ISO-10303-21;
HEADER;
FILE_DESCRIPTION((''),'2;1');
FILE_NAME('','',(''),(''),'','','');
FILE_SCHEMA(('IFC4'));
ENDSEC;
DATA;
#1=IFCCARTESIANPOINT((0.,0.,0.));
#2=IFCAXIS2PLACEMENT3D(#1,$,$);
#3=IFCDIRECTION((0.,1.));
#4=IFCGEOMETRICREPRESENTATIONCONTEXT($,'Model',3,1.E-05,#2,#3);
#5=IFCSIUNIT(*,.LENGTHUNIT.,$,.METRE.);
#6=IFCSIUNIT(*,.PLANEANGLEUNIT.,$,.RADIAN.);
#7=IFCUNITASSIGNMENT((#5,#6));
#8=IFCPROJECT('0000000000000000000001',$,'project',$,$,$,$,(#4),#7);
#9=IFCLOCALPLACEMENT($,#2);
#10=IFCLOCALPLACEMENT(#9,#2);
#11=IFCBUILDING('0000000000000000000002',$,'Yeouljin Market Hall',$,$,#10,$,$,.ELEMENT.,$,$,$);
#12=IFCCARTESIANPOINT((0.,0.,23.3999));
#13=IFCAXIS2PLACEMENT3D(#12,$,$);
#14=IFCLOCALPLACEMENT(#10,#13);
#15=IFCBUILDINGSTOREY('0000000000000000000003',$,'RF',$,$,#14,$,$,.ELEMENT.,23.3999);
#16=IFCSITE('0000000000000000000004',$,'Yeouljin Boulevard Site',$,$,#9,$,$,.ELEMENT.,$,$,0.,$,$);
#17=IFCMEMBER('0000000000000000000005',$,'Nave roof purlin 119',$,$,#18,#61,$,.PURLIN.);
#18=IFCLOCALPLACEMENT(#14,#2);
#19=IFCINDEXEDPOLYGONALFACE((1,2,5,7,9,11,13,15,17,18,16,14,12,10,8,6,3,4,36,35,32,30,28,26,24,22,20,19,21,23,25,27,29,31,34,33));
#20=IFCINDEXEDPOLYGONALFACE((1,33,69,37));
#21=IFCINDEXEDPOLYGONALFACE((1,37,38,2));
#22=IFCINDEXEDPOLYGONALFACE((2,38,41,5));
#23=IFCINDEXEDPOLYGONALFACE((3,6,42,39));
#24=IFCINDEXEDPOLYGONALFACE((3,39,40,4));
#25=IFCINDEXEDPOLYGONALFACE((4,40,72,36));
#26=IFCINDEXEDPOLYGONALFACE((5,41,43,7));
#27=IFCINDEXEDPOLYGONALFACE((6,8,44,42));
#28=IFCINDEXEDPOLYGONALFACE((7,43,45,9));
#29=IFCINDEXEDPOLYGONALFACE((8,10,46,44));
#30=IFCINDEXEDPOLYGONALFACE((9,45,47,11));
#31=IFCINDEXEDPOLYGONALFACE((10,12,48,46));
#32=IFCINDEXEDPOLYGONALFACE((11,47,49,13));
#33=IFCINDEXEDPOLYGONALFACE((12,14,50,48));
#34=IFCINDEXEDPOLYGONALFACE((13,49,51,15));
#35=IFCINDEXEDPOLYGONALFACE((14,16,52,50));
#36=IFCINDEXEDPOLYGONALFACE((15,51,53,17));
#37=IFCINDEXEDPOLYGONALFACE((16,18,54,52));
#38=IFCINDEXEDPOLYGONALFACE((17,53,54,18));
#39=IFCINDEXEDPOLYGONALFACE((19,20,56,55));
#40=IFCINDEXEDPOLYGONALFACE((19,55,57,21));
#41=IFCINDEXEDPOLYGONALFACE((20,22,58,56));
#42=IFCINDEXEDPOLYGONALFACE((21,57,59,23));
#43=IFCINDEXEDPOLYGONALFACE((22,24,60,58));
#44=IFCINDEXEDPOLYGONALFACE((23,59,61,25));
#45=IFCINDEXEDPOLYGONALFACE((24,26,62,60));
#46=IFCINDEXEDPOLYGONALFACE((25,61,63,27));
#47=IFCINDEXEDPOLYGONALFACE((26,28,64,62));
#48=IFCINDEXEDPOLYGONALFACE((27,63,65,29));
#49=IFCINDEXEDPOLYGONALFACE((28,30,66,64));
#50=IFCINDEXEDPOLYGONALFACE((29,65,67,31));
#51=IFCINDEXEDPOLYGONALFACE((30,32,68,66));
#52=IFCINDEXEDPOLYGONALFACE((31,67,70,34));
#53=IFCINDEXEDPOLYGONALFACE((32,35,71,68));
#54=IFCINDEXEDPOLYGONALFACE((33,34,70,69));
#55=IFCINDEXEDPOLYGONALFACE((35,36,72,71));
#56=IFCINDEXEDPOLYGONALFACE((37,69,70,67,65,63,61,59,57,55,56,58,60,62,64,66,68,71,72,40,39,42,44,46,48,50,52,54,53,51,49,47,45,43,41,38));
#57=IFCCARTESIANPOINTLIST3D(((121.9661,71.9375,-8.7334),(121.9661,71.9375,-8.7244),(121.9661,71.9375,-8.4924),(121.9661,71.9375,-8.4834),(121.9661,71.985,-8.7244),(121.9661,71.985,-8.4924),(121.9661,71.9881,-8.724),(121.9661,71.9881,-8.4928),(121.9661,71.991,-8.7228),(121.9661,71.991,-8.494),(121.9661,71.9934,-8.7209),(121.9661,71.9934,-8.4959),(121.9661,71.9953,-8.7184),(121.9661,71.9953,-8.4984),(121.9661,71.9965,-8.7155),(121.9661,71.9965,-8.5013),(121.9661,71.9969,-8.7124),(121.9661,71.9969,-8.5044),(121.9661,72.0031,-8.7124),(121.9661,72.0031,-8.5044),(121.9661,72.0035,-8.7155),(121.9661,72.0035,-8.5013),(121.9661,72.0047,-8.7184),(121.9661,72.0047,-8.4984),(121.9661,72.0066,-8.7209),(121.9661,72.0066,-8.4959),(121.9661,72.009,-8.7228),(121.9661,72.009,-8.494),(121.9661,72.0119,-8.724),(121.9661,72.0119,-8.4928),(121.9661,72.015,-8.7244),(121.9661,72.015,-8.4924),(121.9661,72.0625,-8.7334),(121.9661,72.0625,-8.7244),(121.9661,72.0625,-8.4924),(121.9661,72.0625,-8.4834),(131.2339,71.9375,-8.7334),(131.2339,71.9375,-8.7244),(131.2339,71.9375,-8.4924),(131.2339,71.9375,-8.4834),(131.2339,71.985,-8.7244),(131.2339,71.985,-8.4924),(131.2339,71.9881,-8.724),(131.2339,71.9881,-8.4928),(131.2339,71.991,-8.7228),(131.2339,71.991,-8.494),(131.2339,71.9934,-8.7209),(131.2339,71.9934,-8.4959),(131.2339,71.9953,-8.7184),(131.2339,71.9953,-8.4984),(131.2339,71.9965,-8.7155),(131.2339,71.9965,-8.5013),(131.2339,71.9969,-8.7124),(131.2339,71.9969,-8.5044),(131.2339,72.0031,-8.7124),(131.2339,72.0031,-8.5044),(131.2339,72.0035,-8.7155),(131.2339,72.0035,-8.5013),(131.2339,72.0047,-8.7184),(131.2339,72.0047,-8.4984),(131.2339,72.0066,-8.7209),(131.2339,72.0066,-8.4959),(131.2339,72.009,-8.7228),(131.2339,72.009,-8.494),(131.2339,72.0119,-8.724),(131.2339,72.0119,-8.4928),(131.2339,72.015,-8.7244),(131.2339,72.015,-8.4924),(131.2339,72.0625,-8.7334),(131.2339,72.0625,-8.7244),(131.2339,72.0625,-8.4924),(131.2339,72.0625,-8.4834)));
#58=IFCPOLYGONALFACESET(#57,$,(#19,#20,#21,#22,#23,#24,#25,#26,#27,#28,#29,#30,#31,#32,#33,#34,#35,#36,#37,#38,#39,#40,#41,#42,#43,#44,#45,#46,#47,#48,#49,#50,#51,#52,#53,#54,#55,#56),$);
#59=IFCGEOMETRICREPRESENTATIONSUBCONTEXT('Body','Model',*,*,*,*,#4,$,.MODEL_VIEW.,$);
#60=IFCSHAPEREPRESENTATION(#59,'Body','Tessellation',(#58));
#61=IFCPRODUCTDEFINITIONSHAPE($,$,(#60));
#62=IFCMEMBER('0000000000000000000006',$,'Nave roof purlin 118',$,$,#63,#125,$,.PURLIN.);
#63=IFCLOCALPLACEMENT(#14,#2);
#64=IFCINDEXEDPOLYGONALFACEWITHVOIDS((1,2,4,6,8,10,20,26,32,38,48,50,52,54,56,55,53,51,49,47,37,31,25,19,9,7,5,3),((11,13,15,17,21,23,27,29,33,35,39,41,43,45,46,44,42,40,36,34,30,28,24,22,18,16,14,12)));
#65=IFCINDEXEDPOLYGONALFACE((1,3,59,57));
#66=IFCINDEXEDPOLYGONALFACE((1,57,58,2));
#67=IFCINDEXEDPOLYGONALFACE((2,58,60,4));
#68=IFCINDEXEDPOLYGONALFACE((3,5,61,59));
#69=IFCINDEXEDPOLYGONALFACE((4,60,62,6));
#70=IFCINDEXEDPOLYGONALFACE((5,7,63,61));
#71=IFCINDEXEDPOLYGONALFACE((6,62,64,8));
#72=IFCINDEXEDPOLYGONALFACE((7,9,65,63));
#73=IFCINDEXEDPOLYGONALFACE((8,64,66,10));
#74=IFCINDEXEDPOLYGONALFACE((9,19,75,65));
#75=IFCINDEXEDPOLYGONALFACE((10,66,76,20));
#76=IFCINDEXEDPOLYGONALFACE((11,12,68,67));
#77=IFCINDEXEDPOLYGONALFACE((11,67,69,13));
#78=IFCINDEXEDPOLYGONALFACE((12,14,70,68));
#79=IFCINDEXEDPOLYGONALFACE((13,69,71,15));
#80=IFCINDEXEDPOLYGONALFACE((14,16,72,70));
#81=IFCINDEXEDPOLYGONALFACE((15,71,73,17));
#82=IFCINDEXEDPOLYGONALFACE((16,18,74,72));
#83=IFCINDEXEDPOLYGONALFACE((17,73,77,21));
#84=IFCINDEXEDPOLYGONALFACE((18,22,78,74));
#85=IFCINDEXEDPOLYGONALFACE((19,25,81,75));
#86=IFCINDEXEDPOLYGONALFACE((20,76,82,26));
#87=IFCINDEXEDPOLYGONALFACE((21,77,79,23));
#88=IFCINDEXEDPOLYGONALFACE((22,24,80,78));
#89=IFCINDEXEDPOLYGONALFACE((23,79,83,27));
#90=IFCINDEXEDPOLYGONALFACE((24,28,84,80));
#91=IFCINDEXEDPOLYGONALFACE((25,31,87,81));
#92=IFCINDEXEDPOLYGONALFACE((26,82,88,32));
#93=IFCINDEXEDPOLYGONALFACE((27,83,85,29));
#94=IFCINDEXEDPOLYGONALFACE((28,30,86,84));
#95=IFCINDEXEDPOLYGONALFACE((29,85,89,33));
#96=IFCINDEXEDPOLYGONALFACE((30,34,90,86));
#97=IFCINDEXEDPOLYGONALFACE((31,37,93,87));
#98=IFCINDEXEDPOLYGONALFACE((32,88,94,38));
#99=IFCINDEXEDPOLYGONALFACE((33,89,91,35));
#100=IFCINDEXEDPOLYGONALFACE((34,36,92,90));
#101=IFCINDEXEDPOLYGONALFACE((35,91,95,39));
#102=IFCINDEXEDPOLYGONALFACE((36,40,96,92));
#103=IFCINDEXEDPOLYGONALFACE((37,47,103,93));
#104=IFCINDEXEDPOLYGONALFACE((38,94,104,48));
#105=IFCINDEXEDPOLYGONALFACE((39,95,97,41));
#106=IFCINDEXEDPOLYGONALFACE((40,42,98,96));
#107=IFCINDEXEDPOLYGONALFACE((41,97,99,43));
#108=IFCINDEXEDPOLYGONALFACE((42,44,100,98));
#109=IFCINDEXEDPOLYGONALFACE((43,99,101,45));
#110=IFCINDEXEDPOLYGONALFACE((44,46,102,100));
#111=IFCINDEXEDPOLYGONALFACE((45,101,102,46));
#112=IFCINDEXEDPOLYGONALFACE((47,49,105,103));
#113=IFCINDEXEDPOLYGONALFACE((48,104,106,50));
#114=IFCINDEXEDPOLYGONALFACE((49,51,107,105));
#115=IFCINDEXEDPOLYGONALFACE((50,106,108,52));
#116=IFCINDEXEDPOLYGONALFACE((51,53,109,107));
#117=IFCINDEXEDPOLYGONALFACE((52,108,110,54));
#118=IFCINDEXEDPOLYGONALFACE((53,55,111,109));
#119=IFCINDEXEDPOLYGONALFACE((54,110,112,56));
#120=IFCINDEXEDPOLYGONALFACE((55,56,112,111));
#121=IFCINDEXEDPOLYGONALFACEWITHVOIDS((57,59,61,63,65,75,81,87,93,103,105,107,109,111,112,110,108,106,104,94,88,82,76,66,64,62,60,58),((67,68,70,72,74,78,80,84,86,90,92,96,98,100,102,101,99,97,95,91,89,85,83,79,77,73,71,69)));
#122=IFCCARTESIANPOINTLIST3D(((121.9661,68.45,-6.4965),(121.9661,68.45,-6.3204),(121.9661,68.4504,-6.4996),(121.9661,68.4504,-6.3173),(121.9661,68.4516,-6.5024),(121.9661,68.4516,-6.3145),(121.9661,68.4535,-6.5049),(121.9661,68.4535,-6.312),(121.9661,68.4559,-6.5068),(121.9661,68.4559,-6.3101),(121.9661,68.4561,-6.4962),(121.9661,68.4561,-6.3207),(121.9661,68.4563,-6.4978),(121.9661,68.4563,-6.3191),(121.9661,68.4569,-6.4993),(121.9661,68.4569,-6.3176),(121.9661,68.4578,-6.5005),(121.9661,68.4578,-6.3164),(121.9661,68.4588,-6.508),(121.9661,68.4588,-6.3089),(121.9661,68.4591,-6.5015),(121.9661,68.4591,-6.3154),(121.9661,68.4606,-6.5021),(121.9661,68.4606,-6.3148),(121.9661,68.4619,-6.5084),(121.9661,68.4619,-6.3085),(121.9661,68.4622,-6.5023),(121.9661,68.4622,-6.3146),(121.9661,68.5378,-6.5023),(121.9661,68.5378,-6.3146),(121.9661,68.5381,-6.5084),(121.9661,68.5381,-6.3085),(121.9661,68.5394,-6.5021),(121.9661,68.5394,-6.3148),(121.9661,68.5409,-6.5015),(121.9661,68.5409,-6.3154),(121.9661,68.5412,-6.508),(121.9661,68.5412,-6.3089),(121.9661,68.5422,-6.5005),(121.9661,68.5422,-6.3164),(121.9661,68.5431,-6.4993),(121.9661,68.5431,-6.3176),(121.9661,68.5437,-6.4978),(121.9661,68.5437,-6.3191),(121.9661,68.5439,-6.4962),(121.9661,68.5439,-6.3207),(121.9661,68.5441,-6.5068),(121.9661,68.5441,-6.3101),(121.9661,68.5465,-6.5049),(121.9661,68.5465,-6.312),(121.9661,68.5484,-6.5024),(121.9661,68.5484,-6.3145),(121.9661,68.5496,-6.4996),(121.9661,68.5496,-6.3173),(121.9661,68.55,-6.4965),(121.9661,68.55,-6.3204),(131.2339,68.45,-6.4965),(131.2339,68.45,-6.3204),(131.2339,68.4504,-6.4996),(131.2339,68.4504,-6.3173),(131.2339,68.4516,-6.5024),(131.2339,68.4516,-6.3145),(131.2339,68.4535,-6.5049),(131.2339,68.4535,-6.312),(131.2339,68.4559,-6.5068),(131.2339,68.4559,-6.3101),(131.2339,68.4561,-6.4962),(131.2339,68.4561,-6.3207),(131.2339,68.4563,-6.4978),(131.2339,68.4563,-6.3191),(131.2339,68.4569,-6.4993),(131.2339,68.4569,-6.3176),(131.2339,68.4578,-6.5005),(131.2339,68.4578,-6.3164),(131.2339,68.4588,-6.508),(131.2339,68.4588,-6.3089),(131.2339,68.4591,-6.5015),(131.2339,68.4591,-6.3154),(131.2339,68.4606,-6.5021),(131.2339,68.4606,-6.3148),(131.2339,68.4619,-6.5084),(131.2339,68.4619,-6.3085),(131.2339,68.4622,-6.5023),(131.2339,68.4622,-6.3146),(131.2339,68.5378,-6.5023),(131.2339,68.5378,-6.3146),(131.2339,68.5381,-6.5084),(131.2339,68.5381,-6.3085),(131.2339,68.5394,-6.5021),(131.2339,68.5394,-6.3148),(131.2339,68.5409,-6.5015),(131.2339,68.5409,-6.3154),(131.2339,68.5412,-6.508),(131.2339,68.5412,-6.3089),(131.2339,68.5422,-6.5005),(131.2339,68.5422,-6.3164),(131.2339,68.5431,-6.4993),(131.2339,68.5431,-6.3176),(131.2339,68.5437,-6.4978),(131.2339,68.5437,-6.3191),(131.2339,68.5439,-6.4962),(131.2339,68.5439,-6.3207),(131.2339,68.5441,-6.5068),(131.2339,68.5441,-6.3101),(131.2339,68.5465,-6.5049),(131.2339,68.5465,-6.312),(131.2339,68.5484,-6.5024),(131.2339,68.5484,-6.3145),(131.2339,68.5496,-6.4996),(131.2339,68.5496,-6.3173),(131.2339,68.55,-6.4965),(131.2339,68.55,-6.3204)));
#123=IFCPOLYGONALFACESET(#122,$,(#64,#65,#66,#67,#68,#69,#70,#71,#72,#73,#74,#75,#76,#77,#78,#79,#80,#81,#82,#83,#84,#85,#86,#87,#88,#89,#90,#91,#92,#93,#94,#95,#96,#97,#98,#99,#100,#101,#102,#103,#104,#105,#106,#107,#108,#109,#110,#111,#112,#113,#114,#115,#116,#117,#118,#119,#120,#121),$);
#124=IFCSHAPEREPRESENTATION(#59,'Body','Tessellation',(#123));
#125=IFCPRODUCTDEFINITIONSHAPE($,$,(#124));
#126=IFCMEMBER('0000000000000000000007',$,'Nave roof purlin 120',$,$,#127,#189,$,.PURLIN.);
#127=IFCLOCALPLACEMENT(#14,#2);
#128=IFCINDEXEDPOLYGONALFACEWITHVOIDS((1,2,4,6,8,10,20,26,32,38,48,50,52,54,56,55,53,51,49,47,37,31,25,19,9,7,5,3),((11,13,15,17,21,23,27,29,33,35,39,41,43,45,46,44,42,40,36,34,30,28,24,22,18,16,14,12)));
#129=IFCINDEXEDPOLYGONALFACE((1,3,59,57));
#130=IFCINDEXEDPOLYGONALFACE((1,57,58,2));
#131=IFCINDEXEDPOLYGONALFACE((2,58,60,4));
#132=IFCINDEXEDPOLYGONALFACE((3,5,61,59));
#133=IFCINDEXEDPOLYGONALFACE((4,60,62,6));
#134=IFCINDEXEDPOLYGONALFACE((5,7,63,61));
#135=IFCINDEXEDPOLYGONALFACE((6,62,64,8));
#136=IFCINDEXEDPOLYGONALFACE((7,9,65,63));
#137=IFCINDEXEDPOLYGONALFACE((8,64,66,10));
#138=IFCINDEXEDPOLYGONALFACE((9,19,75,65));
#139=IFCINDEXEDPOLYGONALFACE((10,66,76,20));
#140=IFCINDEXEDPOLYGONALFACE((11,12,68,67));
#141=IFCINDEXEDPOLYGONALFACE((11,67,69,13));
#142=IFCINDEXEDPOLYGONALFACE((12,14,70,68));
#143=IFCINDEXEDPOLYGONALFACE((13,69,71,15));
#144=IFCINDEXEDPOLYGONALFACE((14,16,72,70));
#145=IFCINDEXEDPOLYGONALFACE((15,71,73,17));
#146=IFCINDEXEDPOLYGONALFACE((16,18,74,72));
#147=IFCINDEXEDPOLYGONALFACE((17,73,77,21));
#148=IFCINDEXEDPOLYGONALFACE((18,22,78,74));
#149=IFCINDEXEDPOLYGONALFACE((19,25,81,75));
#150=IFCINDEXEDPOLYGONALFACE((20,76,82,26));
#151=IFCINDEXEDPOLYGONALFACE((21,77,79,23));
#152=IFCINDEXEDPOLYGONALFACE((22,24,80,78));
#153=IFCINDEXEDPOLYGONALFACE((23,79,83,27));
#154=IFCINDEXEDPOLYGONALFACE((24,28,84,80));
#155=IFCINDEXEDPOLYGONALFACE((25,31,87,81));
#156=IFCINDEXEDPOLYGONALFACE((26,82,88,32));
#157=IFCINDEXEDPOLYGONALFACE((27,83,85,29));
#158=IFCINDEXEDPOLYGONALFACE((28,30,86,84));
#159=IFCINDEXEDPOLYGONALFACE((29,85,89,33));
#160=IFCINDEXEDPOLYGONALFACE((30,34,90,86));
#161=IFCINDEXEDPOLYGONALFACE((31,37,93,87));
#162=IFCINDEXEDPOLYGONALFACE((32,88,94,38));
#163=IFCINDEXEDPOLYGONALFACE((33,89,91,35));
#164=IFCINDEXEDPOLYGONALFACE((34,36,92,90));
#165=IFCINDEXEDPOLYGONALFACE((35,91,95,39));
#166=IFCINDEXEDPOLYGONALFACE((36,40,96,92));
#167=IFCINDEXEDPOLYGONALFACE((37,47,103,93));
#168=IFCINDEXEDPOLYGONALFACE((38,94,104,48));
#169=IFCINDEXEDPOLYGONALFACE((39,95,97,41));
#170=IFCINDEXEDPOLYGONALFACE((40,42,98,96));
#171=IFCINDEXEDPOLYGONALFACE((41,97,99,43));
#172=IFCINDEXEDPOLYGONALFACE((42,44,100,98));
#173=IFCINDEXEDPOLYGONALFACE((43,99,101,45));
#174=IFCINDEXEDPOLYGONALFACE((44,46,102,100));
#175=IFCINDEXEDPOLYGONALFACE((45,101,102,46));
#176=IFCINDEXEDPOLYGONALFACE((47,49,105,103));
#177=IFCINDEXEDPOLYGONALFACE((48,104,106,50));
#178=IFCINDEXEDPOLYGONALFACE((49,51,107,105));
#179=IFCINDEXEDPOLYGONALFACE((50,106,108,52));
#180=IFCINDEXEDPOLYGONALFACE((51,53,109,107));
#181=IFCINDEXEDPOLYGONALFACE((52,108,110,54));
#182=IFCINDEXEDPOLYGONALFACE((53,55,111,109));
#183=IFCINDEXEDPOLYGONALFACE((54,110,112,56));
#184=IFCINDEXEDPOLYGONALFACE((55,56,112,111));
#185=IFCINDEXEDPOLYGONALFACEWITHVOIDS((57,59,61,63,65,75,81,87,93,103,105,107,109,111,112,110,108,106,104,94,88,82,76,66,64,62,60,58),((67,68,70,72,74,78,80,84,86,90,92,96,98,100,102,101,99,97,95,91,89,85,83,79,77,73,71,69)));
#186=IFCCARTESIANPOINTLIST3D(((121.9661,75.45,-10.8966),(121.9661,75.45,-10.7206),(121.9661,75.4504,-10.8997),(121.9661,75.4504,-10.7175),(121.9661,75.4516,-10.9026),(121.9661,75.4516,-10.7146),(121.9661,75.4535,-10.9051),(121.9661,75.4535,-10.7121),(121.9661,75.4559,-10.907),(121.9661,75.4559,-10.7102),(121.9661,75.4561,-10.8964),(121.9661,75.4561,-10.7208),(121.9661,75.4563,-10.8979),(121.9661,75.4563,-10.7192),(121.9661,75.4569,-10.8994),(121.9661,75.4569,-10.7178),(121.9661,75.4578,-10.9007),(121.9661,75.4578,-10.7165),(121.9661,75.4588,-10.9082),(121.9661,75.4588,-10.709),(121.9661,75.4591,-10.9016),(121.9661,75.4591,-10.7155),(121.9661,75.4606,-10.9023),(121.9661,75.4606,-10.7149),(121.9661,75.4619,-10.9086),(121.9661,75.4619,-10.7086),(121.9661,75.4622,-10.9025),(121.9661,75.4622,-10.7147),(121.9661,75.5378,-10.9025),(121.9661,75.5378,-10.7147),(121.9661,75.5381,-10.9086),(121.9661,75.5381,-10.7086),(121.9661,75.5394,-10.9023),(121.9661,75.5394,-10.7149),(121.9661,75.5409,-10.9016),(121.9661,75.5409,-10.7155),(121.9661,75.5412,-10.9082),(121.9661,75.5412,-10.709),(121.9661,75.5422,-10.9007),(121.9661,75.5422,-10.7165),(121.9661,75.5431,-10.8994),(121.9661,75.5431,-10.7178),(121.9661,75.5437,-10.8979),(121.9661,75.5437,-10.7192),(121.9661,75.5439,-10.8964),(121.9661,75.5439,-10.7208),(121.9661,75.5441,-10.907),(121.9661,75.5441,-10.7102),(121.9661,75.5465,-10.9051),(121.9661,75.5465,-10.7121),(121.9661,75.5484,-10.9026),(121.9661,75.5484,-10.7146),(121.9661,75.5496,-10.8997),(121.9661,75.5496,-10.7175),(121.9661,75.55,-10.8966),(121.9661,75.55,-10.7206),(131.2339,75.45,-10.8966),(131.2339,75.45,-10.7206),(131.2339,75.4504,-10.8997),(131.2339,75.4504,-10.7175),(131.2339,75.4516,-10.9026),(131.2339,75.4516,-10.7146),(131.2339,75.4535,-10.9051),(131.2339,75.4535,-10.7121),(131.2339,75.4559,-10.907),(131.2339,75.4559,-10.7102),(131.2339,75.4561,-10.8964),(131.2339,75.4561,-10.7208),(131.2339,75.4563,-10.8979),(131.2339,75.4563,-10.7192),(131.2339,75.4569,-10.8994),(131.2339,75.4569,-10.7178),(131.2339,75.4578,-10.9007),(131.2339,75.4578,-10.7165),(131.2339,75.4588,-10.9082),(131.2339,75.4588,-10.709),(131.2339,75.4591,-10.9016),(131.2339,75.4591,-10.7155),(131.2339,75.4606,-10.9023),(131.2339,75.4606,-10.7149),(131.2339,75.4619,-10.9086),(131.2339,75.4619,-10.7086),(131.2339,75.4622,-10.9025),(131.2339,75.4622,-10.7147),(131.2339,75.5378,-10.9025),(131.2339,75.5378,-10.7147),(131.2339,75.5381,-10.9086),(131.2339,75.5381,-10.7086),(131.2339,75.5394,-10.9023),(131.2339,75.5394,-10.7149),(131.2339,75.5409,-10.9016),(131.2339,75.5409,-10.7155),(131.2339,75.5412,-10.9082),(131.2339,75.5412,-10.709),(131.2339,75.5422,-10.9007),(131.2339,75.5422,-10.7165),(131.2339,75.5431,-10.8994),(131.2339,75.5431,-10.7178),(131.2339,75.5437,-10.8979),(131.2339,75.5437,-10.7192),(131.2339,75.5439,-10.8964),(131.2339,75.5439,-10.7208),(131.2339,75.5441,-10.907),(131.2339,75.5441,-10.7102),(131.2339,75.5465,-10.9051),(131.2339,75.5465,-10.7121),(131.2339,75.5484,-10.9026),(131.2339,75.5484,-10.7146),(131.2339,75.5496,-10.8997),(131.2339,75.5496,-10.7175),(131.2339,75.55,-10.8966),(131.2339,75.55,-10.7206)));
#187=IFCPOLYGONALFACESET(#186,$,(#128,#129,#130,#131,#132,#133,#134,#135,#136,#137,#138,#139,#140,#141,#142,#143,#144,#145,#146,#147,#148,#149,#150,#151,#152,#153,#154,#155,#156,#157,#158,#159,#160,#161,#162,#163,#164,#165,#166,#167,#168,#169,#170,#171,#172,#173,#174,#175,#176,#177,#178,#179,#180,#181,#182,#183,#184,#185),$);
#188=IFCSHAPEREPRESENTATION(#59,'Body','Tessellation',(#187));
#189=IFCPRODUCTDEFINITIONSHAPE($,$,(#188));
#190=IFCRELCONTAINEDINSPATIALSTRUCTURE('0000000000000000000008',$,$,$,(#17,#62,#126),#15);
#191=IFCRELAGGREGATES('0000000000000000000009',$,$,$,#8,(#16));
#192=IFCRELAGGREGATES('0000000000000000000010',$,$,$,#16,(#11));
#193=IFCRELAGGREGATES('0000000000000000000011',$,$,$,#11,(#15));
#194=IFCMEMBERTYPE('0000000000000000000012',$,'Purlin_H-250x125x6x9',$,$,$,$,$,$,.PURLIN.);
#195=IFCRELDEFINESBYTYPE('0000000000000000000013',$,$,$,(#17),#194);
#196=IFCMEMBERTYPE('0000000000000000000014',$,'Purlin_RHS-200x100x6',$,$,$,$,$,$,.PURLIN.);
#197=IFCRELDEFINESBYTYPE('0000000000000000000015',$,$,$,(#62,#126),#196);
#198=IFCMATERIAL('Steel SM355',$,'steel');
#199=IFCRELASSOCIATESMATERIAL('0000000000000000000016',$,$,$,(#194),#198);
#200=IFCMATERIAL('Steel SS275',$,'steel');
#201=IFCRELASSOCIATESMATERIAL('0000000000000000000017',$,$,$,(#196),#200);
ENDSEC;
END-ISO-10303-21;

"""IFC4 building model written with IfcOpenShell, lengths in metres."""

from ifc_helpers import new_model, si_unit, direction, frame, origin, origin_2d, place, context, subcontext, project, spatial, hollow_rectangle, i_section, extrude, material, material_profile, profile_set, type_object, element, save


model = new_model("IFC4")

# Units and contexts
model_context = context("Model", 3, precision=1e-05, world=origin(), true_north=direction((0.0, 1.0)))
body_context = subcontext(model_context, "Body", "Model", "MODEL_VIEW")
ifc_project = project(units=[si_unit("LENGTHUNIT", "METRE"), si_unit("PLANEANGLEUNIT", "RADIAN")], contexts=[model_context])

# Site, building, storey
site_placement = place(None, origin())
site = spatial("IfcSite", under=ifc_project, at=site_placement, Name="Yeouljin Boulevard Site", CompositionType="ELEMENT", RefElevation=0.0)
building_placement = place(site_placement, origin())
building = spatial("IfcBuilding", under=site, at=building_placement, Name="Yeouljin Market Hall", CompositionType="ELEMENT")
storey_placement = place(building_placement, frame((0.0, 0.0, 23.3999)))
storey = spatial("IfcBuildingStorey", under=building, at=storey_placement, Name="RF", CompositionType="ELEMENT", Elevation=23.3999)

# Members
ifc_material_1 = material(Name="Steel SM355", Category="steel")
ifc_material_profile_1 = material_profile(ifc_material_1, i_section(OverallWidth=0.125, OverallDepth=0.25, WebThickness=0.0061, FlangeThickness=0.009, FilletRadius=0.012, at=origin_2d()), Name="H-250x125x6x9")
ifc_profile_set_1 = profile_set([ifc_material_profile_1], Name="Steel SM355")
member_type_1 = type_object("IfcMemberType", Name="Purlin_H-250x125x6x9", PredefinedType="PURLIN", material=ifc_profile_set_1)
member_placement = place(storey_placement, frame((121.9661, 72.0, -8.6084), z_axis=(1.0, 0.0, 0.0), x_axis=(0.0, 1.0, 0.0)))
element("IfcMember", 1, at=member_placement, inside=storey, type_object=member_type_1, Name="Nave roof purlin 119", PredefinedType="PURLIN", context=body_context, shape_type="SweptSolid", body=[
    extrude(i_section(OverallWidth=0.125, OverallDepth=0.25, WebThickness=0.0061, FlangeThickness=0.009, FilletRadius=0.012, at=origin_2d()), origin(), (0.0, 0.0, 1.0), 9.2678),
])
ifc_material_2 = material(Name="Steel SS275", Category="steel")
ifc_material_profile_2 = material_profile(ifc_material_2, hollow_rectangle(XDim=0.1001, YDim=0.2, WallThickness=0.0061, InnerFilletRadius=0.0061, OuterFilletRadius=0.012, at=origin_2d()), Name="RHS-200x100x6")
ifc_profile_set_2 = profile_set([ifc_material_profile_2], Name="Steel SS275")
member_type_2 = type_object("IfcMemberType", Name="Purlin_RHS-200x100x6", PredefinedType="PURLIN", material=ifc_profile_set_2)
for number, where, z_axis, x_axis, name in (
    (2, (121.9661, 68.5, -6.4084), (1.0, 0.0, 0.0), (0.0, 1.0, 0.0), "Nave roof purlin 118"),
    (3, (121.9661, 75.5, -10.8086), (1.0, 0.0, 0.0), (0.0, 1.0, 0.0), "Nave roof purlin 120"),
):
    element("IfcMember", number, at=place(storey_placement, frame(where, z_axis=z_axis, x_axis=x_axis)), inside=storey, type_object=member_type_2, Name=name, PredefinedType="PURLIN", context=body_context, shape_type="SweptSolid", body=[
        extrude(hollow_rectangle(XDim=0.1001, YDim=0.2, WallThickness=0.0061, InnerFilletRadius=0.0061, OuterFilletRadius=0.012, at=origin_2d()), origin(), (0.0, 0.0, 1.0), 9.2678),
    ])

save(model, "model.ifc")
